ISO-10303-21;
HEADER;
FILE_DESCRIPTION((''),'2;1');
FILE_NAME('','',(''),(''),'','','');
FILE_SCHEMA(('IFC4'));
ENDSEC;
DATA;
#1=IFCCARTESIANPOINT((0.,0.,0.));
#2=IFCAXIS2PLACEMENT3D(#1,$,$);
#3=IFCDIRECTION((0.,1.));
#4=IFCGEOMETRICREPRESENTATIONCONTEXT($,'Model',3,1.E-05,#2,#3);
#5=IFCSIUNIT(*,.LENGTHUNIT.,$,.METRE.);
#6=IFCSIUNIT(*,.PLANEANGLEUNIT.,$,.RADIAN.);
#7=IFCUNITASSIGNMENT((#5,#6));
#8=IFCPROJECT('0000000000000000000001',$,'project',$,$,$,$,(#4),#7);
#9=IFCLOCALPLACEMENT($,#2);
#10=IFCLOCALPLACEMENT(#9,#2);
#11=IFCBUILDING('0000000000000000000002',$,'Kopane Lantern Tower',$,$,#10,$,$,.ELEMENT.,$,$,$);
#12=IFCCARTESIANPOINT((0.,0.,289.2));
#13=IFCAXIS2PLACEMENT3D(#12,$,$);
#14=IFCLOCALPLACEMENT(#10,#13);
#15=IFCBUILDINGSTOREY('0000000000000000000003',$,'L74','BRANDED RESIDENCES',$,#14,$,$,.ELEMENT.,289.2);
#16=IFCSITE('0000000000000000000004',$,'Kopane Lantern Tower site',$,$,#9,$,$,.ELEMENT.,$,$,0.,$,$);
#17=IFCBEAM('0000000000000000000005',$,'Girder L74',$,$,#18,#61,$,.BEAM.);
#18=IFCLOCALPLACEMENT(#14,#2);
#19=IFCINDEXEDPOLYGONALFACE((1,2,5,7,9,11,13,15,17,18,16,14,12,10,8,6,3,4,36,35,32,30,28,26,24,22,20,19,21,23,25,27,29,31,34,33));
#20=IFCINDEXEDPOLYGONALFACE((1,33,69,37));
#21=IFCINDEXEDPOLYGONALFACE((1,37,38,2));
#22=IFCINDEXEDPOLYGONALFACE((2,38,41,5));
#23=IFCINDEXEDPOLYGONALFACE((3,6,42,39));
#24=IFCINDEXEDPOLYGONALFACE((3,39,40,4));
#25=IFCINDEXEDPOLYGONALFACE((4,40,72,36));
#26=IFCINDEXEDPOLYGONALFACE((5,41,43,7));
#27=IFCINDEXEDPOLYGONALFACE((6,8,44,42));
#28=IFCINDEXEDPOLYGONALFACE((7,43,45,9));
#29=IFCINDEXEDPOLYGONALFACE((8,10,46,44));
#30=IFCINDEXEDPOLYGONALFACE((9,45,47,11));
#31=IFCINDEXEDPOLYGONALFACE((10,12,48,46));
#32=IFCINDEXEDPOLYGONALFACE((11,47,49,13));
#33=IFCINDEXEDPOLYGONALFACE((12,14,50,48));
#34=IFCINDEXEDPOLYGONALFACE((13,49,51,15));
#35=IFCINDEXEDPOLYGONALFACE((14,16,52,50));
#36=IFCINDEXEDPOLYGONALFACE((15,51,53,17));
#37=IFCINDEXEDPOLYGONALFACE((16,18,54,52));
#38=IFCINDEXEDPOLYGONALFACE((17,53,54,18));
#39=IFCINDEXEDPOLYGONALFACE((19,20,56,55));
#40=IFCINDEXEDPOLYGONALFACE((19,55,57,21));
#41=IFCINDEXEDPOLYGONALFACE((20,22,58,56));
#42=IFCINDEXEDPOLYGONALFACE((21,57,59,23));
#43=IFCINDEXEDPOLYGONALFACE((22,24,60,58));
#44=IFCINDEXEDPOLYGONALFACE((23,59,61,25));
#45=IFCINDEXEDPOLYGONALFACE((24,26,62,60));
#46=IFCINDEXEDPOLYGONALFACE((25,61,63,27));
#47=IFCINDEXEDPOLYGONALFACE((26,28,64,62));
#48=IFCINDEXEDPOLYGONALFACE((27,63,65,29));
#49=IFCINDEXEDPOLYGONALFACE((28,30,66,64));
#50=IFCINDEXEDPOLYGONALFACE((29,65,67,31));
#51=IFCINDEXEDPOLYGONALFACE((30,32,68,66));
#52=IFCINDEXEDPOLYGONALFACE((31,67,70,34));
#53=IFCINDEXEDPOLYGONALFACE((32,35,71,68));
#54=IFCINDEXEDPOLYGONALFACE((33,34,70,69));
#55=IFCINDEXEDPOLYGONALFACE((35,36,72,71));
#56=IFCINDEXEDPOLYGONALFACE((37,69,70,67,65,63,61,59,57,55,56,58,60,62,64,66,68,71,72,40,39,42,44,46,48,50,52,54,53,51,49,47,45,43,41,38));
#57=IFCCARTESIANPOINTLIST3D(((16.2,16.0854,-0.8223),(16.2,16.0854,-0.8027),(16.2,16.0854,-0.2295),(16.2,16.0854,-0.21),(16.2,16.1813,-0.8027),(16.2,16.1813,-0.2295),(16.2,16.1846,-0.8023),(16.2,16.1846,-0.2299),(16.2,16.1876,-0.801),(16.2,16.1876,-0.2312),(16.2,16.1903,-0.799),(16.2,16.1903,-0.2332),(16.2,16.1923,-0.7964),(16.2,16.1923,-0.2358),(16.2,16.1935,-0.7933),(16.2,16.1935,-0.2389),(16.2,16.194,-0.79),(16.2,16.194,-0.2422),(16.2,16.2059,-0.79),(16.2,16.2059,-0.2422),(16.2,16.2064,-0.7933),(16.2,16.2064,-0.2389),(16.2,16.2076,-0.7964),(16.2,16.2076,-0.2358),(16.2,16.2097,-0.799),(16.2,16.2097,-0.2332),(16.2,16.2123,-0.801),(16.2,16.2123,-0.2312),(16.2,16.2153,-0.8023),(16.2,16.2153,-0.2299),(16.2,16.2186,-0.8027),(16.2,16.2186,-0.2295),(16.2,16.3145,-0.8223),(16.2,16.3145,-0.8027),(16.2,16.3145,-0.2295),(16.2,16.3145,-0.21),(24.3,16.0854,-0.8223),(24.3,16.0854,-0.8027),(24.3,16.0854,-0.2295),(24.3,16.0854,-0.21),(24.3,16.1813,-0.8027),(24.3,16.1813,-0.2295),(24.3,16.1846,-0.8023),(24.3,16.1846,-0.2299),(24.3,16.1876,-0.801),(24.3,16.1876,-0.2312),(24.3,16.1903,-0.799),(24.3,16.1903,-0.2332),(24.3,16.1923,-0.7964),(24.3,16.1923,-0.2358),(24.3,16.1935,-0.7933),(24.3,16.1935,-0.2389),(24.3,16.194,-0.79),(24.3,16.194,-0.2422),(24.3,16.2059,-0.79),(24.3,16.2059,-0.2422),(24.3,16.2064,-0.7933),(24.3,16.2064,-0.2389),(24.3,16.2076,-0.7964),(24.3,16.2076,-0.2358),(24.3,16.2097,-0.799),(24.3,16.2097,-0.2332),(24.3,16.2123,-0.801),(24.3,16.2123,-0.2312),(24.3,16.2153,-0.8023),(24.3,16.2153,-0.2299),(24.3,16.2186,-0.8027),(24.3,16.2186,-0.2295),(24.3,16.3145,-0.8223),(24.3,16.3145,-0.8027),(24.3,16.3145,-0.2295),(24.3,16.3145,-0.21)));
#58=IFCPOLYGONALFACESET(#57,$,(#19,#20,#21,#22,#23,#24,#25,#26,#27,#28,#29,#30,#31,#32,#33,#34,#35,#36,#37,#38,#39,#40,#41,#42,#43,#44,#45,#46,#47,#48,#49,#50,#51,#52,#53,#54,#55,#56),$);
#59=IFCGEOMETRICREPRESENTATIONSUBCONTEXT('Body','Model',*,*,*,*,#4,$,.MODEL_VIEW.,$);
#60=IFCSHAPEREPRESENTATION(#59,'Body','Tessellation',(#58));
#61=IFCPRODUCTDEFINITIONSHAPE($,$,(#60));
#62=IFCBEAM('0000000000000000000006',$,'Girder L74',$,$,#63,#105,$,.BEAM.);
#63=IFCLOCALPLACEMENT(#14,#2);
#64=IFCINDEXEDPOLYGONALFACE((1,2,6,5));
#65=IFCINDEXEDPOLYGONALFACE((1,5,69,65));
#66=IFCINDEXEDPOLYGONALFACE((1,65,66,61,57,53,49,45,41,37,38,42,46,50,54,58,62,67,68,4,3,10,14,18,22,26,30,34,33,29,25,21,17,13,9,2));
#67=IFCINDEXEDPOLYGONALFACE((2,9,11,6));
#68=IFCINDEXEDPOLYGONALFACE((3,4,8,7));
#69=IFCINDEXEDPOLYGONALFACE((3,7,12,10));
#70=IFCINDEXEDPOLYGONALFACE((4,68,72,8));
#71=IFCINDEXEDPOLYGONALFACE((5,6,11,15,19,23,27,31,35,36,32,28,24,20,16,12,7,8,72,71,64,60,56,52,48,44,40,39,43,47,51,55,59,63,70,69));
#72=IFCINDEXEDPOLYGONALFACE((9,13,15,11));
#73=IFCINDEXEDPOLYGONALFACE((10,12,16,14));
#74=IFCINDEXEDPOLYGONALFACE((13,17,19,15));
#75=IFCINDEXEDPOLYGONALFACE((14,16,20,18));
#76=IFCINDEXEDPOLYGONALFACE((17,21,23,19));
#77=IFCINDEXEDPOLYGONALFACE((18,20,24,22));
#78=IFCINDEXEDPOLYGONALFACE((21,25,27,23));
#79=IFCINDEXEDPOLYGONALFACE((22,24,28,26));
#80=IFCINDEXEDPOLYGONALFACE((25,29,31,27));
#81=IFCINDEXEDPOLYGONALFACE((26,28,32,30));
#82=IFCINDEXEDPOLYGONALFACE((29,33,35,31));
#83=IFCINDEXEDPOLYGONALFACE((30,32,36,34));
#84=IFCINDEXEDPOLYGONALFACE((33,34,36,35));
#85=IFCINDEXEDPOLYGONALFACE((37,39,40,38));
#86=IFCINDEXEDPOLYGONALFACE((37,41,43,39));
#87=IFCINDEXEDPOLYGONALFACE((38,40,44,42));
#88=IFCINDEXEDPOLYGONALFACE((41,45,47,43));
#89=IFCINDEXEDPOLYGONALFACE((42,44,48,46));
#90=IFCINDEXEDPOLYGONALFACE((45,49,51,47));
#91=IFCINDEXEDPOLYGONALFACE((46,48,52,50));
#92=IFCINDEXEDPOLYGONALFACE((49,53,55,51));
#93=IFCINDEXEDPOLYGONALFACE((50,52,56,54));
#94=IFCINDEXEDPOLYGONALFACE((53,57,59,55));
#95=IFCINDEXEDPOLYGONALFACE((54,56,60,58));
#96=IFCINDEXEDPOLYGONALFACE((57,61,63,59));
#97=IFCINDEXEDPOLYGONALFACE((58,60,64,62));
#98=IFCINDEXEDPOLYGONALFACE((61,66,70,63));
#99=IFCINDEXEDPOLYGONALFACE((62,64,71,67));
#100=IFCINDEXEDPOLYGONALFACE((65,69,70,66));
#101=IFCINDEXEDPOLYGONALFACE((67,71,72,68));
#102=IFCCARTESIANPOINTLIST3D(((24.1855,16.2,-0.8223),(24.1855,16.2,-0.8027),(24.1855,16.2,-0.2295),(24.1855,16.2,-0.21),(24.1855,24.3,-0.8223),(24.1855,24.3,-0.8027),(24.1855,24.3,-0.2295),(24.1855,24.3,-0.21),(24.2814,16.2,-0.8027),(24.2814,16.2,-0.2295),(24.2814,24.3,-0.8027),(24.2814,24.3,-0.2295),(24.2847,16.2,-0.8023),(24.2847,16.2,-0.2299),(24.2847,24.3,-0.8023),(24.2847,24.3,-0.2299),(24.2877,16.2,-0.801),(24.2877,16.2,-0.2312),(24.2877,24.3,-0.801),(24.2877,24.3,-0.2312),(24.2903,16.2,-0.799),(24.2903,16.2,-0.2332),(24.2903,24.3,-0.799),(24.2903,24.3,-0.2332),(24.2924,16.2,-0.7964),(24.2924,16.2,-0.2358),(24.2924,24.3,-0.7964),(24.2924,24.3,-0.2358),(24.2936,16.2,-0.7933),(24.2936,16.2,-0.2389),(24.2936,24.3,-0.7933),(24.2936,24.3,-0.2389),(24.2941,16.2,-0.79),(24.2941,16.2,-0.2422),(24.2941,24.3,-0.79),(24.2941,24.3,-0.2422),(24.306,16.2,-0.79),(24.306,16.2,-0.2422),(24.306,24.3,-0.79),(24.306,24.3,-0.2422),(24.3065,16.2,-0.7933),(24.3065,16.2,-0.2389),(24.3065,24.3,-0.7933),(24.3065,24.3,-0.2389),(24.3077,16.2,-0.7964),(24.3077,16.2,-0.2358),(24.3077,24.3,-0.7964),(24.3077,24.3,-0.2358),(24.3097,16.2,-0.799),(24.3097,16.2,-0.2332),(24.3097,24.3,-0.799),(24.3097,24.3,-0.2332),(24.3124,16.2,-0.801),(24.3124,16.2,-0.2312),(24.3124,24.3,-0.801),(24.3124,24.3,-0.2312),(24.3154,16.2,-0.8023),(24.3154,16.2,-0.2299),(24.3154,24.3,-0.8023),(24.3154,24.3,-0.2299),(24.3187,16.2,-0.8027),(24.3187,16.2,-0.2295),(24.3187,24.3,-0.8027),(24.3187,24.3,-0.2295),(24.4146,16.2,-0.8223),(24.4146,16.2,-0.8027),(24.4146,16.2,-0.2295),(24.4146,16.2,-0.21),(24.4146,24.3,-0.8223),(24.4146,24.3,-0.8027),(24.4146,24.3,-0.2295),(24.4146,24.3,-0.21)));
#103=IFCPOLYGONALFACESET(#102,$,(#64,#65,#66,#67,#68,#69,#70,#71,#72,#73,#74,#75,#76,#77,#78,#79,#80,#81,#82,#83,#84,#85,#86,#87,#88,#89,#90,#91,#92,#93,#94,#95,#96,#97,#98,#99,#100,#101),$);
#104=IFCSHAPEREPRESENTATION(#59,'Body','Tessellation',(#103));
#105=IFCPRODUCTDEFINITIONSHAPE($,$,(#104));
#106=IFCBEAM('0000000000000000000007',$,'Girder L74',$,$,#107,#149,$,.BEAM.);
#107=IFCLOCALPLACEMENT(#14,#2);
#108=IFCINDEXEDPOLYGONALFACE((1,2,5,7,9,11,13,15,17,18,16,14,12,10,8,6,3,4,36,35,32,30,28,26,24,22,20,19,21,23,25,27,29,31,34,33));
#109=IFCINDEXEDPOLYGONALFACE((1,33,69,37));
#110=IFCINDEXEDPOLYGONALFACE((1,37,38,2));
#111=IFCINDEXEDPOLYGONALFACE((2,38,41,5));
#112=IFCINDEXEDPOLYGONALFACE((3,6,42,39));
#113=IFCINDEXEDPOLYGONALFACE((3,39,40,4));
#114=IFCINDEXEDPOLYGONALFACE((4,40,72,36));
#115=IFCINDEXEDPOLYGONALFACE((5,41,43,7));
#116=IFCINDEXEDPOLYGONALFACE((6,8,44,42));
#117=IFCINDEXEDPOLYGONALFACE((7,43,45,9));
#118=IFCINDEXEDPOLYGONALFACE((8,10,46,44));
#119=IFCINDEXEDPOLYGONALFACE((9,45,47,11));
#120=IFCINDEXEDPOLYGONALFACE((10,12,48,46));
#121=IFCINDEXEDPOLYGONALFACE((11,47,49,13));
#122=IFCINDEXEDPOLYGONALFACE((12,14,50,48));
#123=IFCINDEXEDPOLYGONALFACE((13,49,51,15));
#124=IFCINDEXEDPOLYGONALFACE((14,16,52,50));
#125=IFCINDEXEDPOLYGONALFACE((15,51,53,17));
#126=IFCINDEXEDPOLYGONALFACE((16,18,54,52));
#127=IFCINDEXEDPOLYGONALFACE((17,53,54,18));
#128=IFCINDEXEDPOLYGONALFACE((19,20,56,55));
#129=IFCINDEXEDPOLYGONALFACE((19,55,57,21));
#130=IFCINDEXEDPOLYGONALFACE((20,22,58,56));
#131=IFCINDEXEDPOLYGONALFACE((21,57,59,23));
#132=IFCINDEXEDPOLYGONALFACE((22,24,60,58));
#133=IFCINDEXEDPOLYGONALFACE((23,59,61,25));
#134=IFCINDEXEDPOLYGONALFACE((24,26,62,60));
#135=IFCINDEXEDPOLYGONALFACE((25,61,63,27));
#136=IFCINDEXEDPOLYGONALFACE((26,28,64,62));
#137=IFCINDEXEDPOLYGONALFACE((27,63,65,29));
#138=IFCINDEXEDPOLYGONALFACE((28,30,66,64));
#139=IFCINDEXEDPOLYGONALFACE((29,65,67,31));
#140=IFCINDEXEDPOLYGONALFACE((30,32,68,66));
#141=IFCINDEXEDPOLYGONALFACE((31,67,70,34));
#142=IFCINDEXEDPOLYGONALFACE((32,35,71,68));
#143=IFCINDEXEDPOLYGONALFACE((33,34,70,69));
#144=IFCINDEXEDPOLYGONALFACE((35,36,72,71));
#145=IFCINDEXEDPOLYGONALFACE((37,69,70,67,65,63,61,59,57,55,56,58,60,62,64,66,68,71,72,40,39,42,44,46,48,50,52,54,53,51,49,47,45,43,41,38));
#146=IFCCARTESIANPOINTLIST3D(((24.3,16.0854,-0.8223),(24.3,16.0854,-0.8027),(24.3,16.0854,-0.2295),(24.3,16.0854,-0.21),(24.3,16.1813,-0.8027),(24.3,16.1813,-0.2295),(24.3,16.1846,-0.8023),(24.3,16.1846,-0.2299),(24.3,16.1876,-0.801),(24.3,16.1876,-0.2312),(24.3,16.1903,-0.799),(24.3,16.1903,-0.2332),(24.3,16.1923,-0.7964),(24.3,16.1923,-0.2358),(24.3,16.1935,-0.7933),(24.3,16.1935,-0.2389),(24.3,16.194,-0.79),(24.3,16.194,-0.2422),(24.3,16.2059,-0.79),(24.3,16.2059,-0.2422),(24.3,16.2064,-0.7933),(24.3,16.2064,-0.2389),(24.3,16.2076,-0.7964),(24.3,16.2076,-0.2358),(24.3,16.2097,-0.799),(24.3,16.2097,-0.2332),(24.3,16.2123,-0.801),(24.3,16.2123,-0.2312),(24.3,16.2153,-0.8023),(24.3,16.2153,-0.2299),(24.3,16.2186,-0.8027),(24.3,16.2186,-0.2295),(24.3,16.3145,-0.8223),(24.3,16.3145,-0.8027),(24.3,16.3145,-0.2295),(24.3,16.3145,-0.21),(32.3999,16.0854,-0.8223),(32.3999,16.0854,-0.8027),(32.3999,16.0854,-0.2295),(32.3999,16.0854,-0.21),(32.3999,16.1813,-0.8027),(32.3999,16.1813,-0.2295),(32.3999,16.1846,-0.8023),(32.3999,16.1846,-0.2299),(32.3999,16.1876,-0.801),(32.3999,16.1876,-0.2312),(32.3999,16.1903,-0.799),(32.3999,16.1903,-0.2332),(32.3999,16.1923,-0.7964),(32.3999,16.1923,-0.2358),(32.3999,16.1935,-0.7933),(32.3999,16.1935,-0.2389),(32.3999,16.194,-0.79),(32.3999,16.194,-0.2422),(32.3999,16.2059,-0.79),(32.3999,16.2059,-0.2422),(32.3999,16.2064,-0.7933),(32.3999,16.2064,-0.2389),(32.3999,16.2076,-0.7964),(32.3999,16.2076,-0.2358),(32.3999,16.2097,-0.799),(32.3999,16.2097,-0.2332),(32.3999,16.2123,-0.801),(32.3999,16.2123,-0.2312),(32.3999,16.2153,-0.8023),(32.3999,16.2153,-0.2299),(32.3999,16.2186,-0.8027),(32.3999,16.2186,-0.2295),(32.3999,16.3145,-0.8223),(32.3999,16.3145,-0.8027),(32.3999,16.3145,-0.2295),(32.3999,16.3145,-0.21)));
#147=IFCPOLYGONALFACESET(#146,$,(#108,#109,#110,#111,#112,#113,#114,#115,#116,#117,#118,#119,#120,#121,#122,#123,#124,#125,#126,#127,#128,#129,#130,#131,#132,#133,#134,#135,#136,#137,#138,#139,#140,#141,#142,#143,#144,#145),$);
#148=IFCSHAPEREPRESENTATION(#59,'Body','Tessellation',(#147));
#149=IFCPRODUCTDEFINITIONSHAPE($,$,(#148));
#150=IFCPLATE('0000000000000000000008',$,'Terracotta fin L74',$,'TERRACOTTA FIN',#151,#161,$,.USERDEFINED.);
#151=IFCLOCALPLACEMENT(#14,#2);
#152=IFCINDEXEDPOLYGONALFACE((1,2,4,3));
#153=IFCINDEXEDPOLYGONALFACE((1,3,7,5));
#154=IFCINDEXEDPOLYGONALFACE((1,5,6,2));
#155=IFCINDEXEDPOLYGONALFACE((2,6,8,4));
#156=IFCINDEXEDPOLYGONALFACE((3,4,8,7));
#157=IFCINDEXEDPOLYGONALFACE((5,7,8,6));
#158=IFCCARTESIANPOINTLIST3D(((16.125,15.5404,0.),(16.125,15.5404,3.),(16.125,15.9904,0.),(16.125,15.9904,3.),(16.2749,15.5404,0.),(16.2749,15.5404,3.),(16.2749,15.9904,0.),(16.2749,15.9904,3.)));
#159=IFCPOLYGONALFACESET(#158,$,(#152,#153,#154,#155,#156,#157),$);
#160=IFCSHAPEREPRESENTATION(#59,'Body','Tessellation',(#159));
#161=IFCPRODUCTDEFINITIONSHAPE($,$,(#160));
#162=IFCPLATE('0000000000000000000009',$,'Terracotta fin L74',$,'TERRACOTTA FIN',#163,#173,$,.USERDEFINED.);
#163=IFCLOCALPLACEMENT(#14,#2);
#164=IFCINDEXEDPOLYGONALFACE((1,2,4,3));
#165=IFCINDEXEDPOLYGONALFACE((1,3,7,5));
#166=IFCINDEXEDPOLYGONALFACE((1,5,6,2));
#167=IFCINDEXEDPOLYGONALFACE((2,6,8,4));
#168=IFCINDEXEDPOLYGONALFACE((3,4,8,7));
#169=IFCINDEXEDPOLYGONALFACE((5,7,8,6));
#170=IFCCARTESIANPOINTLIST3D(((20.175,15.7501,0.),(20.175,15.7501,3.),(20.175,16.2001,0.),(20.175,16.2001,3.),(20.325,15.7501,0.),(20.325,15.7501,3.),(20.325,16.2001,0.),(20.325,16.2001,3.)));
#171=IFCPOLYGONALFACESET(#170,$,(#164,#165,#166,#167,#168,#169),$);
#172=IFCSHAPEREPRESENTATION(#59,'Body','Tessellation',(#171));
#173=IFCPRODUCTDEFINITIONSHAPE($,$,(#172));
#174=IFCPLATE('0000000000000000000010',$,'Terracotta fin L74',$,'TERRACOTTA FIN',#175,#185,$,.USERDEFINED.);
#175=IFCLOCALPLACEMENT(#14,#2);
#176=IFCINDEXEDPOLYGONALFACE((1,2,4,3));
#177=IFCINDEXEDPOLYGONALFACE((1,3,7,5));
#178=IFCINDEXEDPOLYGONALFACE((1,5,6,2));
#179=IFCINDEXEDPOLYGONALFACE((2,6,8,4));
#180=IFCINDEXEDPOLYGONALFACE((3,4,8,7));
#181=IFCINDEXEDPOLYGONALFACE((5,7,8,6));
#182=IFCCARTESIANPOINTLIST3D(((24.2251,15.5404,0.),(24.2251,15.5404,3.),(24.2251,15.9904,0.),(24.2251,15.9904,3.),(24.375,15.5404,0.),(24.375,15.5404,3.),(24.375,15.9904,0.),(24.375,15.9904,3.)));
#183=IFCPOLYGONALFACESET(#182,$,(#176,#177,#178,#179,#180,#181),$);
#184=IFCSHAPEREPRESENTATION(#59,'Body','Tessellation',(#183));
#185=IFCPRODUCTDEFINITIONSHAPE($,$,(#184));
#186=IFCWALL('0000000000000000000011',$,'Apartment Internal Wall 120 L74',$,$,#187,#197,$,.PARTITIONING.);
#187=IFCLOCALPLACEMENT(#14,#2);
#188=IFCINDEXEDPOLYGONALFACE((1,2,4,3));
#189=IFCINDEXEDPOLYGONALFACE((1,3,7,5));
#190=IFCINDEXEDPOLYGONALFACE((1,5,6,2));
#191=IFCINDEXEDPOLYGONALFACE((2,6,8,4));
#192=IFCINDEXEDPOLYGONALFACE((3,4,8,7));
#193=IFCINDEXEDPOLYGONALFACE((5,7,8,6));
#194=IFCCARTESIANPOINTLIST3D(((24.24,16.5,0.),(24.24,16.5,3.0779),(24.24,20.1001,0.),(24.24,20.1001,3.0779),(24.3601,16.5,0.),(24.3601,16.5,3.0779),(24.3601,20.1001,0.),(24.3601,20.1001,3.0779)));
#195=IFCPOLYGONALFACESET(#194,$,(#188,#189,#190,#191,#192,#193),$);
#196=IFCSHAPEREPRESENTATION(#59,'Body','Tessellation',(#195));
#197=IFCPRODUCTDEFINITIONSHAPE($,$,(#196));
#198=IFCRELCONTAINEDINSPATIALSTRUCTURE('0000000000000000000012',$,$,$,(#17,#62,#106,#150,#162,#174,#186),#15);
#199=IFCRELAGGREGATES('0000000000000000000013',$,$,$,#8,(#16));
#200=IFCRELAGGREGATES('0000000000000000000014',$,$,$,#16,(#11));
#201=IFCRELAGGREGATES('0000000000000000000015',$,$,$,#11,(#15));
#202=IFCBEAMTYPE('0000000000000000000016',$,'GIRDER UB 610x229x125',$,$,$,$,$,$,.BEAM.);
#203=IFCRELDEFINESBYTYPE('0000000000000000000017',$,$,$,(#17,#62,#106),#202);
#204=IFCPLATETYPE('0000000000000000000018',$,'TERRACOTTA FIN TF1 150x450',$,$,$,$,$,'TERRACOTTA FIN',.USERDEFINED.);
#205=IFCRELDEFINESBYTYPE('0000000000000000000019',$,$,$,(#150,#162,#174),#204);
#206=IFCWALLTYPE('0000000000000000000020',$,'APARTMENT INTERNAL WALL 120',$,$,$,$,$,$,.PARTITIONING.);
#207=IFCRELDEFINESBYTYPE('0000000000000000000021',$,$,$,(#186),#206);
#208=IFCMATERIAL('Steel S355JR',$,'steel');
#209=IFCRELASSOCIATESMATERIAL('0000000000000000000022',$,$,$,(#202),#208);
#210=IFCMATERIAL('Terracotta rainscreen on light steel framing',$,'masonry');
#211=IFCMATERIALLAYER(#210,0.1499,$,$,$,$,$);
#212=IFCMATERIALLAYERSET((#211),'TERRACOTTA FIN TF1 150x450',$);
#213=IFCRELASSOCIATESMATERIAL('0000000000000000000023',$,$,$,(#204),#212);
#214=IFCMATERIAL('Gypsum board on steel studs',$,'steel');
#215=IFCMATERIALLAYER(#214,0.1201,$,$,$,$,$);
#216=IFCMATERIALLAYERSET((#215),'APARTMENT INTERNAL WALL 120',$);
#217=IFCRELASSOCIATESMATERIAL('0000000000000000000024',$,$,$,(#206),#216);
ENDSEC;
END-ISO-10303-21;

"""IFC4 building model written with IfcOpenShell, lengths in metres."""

from ifc_helpers import new_model, si_unit, direction, frame, frame_2d, origin, origin_2d, place, context, subcontext, project, spatial, rectangle, i_section, extrude, material, layer, layer_set, material_profile, profile_set, type_object, element, save


model = new_model("IFC4")

# Units and contexts
model_context = context("Model", 3, precision=1e-05, world=origin(), true_north=direction((0.0, 1.0)))
body_context = subcontext(model_context, "Body", "Model", "MODEL_VIEW")
ifc_project = project(units=[si_unit("LENGTHUNIT", "METRE"), si_unit("PLANEANGLEUNIT", "RADIAN")], contexts=[model_context])

# Site, building, storey
site_placement = place(None, origin())
site = spatial("IfcSite", under=ifc_project, at=site_placement, Name="Kopane Lantern Tower site", CompositionType="ELEMENT", RefElevation=0.0)
building_placement = place(site_placement, origin())
building = spatial("IfcBuilding", under=site, at=building_placement, Name="Kopane Lantern Tower", CompositionType="ELEMENT")
storey_placement = place(building_placement, frame((0.0, 0.0, 289.2)))
storey = spatial("IfcBuildingStorey", under=building, at=storey_placement, Name="L74", Description="BRANDED RESIDENCES", CompositionType="ELEMENT", Elevation=289.2)

# Beams
ifc_material_1 = material(Name="Steel S355JR", Category="steel")
ifc_material_profile_1 = material_profile(ifc_material_1, i_section(OverallWidth=0.229, OverallDepth=0.6123, WebThickness=0.012, FlangeThickness=0.0195, FilletRadius=0.0127, at=origin_2d()), Name="UB 610x229x125")
ifc_profile_set_1 = profile_set([ifc_material_profile_1], Name="Steel S355JR")
beam_type = type_object("IfcBeamType", Name="GIRDER UB 610x229x125", PredefinedType="BEAM", material=ifc_profile_set_1)
for number, where, z_axis, x_axis, name in (
    (1, (16.2, 16.2, -0.5161), (1.0, 0.0, 0.0), (0.0, 1.0, 0.0), "Girder L74"),
    (2, (24.3, 16.2, -0.5161), (0.0, 1.0, 0.0), (-1.0, 0.0, 0.0), "Girder L74"),
):
    element("IfcBeam", number, at=place(storey_placement, frame(where, z_axis=z_axis, x_axis=x_axis)), inside=storey, type_object=beam_type, Name=name, PredefinedType="BEAM", context=body_context, shape_type="SweptSolid", body=[
        extrude(i_section(OverallWidth=0.229, OverallDepth=0.6123, WebThickness=0.012, FlangeThickness=0.0195, FilletRadius=0.0127, at=origin_2d()), origin(), (0.0, 0.0, 1.0), 8.1001),
    ])
beam_placement = place(storey_placement, frame((24.3, 16.2, -0.5161), z_axis=(1.0, 0.0, 0.0), x_axis=(0.0, 1.0, 0.0)))
element("IfcBeam", 3, at=beam_placement, inside=storey, type_object=beam_type, Name="Girder L74", PredefinedType="BEAM", context=body_context, shape_type="SweptSolid", body=[
    extrude(i_section(OverallWidth=0.229, OverallDepth=0.6123, WebThickness=0.012, FlangeThickness=0.0195, FilletRadius=0.0127, at=origin_2d()), origin(), (0.0, 0.0, 1.0), 8.0999),
])

# Plates
ifc_material_2 = material(Name="Terracotta rainscreen on light steel framing", Category="masonry")
ifc_layer_1 = layer(ifc_material_2, 0.1499)
ifc_layer_set_1 = layer_set([ifc_layer_1], Name="TERRACOTTA FIN TF1 150x450")
plate_type = type_object("IfcPlateType", Name="TERRACOTTA FIN TF1 150x450", ElementType="TERRACOTTA FIN", PredefinedType="USERDEFINED", material=ifc_layer_set_1)
for number, where, z_axis, x_axis, name in (
    (4, (16.2, 15.7654, 0.0), (0.0, 0.0, 1.0), (1.0, 0.0, 0.0), "Terracotta fin L74"),
    (5, (20.25, 15.9751, 0.0), (0.0, 0.0, 1.0), (1.0, 0.0, 0.0), "Terracotta fin L74"),
    (6, (24.3, 15.7654, 0.0), (0.0, 0.0, 1.0), (1.0, 0.0, 0.0), "Terracotta fin L74"),
):
    element("IfcPlate", number, at=place(storey_placement, frame(where, z_axis=z_axis, x_axis=x_axis)), inside=storey, type_object=plate_type, Name=name, ObjectType="TERRACOTTA FIN", PredefinedType="USERDEFINED", context=body_context, shape_type="SweptSolid", body=[
        extrude(rectangle(XDim=0.1499, YDim=0.45, at=origin_2d()), origin(), (0.0, 0.0, 1.0), 3.0),
    ])

# Wall
ifc_material_3 = material(Name="Gypsum board on steel studs", Category="steel")
ifc_layer_2 = layer(ifc_material_3, 0.1201)
ifc_layer_set_2 = layer_set([ifc_layer_2], Name="APARTMENT INTERNAL WALL 120")
wall_type_1 = type_object("IfcWallType", Name="APARTMENT INTERNAL WALL 120", PredefinedType="PARTITIONING", material=ifc_layer_set_2)
wall_1_placement = place(storey_placement, frame((24.3, 20.1001, 0.0), z_axis=(0.0, 0.0, 1.0), x_axis=(0.0, -1.0, 0.0)))
element("IfcWall", 7, at=wall_1_placement, inside=storey, type_object=wall_type_1, Name="Apartment Internal Wall 120 L74", PredefinedType="PARTITIONING", context=body_context, shape_type="SweptSolid", body=[
    extrude(rectangle(XDim=3.6001, YDim=0.1201, at=frame_2d((1.8, 0.0))), origin(), (0.0, 0.0, 1.0), 3.0779),
])

save(model, "model.ifc")
